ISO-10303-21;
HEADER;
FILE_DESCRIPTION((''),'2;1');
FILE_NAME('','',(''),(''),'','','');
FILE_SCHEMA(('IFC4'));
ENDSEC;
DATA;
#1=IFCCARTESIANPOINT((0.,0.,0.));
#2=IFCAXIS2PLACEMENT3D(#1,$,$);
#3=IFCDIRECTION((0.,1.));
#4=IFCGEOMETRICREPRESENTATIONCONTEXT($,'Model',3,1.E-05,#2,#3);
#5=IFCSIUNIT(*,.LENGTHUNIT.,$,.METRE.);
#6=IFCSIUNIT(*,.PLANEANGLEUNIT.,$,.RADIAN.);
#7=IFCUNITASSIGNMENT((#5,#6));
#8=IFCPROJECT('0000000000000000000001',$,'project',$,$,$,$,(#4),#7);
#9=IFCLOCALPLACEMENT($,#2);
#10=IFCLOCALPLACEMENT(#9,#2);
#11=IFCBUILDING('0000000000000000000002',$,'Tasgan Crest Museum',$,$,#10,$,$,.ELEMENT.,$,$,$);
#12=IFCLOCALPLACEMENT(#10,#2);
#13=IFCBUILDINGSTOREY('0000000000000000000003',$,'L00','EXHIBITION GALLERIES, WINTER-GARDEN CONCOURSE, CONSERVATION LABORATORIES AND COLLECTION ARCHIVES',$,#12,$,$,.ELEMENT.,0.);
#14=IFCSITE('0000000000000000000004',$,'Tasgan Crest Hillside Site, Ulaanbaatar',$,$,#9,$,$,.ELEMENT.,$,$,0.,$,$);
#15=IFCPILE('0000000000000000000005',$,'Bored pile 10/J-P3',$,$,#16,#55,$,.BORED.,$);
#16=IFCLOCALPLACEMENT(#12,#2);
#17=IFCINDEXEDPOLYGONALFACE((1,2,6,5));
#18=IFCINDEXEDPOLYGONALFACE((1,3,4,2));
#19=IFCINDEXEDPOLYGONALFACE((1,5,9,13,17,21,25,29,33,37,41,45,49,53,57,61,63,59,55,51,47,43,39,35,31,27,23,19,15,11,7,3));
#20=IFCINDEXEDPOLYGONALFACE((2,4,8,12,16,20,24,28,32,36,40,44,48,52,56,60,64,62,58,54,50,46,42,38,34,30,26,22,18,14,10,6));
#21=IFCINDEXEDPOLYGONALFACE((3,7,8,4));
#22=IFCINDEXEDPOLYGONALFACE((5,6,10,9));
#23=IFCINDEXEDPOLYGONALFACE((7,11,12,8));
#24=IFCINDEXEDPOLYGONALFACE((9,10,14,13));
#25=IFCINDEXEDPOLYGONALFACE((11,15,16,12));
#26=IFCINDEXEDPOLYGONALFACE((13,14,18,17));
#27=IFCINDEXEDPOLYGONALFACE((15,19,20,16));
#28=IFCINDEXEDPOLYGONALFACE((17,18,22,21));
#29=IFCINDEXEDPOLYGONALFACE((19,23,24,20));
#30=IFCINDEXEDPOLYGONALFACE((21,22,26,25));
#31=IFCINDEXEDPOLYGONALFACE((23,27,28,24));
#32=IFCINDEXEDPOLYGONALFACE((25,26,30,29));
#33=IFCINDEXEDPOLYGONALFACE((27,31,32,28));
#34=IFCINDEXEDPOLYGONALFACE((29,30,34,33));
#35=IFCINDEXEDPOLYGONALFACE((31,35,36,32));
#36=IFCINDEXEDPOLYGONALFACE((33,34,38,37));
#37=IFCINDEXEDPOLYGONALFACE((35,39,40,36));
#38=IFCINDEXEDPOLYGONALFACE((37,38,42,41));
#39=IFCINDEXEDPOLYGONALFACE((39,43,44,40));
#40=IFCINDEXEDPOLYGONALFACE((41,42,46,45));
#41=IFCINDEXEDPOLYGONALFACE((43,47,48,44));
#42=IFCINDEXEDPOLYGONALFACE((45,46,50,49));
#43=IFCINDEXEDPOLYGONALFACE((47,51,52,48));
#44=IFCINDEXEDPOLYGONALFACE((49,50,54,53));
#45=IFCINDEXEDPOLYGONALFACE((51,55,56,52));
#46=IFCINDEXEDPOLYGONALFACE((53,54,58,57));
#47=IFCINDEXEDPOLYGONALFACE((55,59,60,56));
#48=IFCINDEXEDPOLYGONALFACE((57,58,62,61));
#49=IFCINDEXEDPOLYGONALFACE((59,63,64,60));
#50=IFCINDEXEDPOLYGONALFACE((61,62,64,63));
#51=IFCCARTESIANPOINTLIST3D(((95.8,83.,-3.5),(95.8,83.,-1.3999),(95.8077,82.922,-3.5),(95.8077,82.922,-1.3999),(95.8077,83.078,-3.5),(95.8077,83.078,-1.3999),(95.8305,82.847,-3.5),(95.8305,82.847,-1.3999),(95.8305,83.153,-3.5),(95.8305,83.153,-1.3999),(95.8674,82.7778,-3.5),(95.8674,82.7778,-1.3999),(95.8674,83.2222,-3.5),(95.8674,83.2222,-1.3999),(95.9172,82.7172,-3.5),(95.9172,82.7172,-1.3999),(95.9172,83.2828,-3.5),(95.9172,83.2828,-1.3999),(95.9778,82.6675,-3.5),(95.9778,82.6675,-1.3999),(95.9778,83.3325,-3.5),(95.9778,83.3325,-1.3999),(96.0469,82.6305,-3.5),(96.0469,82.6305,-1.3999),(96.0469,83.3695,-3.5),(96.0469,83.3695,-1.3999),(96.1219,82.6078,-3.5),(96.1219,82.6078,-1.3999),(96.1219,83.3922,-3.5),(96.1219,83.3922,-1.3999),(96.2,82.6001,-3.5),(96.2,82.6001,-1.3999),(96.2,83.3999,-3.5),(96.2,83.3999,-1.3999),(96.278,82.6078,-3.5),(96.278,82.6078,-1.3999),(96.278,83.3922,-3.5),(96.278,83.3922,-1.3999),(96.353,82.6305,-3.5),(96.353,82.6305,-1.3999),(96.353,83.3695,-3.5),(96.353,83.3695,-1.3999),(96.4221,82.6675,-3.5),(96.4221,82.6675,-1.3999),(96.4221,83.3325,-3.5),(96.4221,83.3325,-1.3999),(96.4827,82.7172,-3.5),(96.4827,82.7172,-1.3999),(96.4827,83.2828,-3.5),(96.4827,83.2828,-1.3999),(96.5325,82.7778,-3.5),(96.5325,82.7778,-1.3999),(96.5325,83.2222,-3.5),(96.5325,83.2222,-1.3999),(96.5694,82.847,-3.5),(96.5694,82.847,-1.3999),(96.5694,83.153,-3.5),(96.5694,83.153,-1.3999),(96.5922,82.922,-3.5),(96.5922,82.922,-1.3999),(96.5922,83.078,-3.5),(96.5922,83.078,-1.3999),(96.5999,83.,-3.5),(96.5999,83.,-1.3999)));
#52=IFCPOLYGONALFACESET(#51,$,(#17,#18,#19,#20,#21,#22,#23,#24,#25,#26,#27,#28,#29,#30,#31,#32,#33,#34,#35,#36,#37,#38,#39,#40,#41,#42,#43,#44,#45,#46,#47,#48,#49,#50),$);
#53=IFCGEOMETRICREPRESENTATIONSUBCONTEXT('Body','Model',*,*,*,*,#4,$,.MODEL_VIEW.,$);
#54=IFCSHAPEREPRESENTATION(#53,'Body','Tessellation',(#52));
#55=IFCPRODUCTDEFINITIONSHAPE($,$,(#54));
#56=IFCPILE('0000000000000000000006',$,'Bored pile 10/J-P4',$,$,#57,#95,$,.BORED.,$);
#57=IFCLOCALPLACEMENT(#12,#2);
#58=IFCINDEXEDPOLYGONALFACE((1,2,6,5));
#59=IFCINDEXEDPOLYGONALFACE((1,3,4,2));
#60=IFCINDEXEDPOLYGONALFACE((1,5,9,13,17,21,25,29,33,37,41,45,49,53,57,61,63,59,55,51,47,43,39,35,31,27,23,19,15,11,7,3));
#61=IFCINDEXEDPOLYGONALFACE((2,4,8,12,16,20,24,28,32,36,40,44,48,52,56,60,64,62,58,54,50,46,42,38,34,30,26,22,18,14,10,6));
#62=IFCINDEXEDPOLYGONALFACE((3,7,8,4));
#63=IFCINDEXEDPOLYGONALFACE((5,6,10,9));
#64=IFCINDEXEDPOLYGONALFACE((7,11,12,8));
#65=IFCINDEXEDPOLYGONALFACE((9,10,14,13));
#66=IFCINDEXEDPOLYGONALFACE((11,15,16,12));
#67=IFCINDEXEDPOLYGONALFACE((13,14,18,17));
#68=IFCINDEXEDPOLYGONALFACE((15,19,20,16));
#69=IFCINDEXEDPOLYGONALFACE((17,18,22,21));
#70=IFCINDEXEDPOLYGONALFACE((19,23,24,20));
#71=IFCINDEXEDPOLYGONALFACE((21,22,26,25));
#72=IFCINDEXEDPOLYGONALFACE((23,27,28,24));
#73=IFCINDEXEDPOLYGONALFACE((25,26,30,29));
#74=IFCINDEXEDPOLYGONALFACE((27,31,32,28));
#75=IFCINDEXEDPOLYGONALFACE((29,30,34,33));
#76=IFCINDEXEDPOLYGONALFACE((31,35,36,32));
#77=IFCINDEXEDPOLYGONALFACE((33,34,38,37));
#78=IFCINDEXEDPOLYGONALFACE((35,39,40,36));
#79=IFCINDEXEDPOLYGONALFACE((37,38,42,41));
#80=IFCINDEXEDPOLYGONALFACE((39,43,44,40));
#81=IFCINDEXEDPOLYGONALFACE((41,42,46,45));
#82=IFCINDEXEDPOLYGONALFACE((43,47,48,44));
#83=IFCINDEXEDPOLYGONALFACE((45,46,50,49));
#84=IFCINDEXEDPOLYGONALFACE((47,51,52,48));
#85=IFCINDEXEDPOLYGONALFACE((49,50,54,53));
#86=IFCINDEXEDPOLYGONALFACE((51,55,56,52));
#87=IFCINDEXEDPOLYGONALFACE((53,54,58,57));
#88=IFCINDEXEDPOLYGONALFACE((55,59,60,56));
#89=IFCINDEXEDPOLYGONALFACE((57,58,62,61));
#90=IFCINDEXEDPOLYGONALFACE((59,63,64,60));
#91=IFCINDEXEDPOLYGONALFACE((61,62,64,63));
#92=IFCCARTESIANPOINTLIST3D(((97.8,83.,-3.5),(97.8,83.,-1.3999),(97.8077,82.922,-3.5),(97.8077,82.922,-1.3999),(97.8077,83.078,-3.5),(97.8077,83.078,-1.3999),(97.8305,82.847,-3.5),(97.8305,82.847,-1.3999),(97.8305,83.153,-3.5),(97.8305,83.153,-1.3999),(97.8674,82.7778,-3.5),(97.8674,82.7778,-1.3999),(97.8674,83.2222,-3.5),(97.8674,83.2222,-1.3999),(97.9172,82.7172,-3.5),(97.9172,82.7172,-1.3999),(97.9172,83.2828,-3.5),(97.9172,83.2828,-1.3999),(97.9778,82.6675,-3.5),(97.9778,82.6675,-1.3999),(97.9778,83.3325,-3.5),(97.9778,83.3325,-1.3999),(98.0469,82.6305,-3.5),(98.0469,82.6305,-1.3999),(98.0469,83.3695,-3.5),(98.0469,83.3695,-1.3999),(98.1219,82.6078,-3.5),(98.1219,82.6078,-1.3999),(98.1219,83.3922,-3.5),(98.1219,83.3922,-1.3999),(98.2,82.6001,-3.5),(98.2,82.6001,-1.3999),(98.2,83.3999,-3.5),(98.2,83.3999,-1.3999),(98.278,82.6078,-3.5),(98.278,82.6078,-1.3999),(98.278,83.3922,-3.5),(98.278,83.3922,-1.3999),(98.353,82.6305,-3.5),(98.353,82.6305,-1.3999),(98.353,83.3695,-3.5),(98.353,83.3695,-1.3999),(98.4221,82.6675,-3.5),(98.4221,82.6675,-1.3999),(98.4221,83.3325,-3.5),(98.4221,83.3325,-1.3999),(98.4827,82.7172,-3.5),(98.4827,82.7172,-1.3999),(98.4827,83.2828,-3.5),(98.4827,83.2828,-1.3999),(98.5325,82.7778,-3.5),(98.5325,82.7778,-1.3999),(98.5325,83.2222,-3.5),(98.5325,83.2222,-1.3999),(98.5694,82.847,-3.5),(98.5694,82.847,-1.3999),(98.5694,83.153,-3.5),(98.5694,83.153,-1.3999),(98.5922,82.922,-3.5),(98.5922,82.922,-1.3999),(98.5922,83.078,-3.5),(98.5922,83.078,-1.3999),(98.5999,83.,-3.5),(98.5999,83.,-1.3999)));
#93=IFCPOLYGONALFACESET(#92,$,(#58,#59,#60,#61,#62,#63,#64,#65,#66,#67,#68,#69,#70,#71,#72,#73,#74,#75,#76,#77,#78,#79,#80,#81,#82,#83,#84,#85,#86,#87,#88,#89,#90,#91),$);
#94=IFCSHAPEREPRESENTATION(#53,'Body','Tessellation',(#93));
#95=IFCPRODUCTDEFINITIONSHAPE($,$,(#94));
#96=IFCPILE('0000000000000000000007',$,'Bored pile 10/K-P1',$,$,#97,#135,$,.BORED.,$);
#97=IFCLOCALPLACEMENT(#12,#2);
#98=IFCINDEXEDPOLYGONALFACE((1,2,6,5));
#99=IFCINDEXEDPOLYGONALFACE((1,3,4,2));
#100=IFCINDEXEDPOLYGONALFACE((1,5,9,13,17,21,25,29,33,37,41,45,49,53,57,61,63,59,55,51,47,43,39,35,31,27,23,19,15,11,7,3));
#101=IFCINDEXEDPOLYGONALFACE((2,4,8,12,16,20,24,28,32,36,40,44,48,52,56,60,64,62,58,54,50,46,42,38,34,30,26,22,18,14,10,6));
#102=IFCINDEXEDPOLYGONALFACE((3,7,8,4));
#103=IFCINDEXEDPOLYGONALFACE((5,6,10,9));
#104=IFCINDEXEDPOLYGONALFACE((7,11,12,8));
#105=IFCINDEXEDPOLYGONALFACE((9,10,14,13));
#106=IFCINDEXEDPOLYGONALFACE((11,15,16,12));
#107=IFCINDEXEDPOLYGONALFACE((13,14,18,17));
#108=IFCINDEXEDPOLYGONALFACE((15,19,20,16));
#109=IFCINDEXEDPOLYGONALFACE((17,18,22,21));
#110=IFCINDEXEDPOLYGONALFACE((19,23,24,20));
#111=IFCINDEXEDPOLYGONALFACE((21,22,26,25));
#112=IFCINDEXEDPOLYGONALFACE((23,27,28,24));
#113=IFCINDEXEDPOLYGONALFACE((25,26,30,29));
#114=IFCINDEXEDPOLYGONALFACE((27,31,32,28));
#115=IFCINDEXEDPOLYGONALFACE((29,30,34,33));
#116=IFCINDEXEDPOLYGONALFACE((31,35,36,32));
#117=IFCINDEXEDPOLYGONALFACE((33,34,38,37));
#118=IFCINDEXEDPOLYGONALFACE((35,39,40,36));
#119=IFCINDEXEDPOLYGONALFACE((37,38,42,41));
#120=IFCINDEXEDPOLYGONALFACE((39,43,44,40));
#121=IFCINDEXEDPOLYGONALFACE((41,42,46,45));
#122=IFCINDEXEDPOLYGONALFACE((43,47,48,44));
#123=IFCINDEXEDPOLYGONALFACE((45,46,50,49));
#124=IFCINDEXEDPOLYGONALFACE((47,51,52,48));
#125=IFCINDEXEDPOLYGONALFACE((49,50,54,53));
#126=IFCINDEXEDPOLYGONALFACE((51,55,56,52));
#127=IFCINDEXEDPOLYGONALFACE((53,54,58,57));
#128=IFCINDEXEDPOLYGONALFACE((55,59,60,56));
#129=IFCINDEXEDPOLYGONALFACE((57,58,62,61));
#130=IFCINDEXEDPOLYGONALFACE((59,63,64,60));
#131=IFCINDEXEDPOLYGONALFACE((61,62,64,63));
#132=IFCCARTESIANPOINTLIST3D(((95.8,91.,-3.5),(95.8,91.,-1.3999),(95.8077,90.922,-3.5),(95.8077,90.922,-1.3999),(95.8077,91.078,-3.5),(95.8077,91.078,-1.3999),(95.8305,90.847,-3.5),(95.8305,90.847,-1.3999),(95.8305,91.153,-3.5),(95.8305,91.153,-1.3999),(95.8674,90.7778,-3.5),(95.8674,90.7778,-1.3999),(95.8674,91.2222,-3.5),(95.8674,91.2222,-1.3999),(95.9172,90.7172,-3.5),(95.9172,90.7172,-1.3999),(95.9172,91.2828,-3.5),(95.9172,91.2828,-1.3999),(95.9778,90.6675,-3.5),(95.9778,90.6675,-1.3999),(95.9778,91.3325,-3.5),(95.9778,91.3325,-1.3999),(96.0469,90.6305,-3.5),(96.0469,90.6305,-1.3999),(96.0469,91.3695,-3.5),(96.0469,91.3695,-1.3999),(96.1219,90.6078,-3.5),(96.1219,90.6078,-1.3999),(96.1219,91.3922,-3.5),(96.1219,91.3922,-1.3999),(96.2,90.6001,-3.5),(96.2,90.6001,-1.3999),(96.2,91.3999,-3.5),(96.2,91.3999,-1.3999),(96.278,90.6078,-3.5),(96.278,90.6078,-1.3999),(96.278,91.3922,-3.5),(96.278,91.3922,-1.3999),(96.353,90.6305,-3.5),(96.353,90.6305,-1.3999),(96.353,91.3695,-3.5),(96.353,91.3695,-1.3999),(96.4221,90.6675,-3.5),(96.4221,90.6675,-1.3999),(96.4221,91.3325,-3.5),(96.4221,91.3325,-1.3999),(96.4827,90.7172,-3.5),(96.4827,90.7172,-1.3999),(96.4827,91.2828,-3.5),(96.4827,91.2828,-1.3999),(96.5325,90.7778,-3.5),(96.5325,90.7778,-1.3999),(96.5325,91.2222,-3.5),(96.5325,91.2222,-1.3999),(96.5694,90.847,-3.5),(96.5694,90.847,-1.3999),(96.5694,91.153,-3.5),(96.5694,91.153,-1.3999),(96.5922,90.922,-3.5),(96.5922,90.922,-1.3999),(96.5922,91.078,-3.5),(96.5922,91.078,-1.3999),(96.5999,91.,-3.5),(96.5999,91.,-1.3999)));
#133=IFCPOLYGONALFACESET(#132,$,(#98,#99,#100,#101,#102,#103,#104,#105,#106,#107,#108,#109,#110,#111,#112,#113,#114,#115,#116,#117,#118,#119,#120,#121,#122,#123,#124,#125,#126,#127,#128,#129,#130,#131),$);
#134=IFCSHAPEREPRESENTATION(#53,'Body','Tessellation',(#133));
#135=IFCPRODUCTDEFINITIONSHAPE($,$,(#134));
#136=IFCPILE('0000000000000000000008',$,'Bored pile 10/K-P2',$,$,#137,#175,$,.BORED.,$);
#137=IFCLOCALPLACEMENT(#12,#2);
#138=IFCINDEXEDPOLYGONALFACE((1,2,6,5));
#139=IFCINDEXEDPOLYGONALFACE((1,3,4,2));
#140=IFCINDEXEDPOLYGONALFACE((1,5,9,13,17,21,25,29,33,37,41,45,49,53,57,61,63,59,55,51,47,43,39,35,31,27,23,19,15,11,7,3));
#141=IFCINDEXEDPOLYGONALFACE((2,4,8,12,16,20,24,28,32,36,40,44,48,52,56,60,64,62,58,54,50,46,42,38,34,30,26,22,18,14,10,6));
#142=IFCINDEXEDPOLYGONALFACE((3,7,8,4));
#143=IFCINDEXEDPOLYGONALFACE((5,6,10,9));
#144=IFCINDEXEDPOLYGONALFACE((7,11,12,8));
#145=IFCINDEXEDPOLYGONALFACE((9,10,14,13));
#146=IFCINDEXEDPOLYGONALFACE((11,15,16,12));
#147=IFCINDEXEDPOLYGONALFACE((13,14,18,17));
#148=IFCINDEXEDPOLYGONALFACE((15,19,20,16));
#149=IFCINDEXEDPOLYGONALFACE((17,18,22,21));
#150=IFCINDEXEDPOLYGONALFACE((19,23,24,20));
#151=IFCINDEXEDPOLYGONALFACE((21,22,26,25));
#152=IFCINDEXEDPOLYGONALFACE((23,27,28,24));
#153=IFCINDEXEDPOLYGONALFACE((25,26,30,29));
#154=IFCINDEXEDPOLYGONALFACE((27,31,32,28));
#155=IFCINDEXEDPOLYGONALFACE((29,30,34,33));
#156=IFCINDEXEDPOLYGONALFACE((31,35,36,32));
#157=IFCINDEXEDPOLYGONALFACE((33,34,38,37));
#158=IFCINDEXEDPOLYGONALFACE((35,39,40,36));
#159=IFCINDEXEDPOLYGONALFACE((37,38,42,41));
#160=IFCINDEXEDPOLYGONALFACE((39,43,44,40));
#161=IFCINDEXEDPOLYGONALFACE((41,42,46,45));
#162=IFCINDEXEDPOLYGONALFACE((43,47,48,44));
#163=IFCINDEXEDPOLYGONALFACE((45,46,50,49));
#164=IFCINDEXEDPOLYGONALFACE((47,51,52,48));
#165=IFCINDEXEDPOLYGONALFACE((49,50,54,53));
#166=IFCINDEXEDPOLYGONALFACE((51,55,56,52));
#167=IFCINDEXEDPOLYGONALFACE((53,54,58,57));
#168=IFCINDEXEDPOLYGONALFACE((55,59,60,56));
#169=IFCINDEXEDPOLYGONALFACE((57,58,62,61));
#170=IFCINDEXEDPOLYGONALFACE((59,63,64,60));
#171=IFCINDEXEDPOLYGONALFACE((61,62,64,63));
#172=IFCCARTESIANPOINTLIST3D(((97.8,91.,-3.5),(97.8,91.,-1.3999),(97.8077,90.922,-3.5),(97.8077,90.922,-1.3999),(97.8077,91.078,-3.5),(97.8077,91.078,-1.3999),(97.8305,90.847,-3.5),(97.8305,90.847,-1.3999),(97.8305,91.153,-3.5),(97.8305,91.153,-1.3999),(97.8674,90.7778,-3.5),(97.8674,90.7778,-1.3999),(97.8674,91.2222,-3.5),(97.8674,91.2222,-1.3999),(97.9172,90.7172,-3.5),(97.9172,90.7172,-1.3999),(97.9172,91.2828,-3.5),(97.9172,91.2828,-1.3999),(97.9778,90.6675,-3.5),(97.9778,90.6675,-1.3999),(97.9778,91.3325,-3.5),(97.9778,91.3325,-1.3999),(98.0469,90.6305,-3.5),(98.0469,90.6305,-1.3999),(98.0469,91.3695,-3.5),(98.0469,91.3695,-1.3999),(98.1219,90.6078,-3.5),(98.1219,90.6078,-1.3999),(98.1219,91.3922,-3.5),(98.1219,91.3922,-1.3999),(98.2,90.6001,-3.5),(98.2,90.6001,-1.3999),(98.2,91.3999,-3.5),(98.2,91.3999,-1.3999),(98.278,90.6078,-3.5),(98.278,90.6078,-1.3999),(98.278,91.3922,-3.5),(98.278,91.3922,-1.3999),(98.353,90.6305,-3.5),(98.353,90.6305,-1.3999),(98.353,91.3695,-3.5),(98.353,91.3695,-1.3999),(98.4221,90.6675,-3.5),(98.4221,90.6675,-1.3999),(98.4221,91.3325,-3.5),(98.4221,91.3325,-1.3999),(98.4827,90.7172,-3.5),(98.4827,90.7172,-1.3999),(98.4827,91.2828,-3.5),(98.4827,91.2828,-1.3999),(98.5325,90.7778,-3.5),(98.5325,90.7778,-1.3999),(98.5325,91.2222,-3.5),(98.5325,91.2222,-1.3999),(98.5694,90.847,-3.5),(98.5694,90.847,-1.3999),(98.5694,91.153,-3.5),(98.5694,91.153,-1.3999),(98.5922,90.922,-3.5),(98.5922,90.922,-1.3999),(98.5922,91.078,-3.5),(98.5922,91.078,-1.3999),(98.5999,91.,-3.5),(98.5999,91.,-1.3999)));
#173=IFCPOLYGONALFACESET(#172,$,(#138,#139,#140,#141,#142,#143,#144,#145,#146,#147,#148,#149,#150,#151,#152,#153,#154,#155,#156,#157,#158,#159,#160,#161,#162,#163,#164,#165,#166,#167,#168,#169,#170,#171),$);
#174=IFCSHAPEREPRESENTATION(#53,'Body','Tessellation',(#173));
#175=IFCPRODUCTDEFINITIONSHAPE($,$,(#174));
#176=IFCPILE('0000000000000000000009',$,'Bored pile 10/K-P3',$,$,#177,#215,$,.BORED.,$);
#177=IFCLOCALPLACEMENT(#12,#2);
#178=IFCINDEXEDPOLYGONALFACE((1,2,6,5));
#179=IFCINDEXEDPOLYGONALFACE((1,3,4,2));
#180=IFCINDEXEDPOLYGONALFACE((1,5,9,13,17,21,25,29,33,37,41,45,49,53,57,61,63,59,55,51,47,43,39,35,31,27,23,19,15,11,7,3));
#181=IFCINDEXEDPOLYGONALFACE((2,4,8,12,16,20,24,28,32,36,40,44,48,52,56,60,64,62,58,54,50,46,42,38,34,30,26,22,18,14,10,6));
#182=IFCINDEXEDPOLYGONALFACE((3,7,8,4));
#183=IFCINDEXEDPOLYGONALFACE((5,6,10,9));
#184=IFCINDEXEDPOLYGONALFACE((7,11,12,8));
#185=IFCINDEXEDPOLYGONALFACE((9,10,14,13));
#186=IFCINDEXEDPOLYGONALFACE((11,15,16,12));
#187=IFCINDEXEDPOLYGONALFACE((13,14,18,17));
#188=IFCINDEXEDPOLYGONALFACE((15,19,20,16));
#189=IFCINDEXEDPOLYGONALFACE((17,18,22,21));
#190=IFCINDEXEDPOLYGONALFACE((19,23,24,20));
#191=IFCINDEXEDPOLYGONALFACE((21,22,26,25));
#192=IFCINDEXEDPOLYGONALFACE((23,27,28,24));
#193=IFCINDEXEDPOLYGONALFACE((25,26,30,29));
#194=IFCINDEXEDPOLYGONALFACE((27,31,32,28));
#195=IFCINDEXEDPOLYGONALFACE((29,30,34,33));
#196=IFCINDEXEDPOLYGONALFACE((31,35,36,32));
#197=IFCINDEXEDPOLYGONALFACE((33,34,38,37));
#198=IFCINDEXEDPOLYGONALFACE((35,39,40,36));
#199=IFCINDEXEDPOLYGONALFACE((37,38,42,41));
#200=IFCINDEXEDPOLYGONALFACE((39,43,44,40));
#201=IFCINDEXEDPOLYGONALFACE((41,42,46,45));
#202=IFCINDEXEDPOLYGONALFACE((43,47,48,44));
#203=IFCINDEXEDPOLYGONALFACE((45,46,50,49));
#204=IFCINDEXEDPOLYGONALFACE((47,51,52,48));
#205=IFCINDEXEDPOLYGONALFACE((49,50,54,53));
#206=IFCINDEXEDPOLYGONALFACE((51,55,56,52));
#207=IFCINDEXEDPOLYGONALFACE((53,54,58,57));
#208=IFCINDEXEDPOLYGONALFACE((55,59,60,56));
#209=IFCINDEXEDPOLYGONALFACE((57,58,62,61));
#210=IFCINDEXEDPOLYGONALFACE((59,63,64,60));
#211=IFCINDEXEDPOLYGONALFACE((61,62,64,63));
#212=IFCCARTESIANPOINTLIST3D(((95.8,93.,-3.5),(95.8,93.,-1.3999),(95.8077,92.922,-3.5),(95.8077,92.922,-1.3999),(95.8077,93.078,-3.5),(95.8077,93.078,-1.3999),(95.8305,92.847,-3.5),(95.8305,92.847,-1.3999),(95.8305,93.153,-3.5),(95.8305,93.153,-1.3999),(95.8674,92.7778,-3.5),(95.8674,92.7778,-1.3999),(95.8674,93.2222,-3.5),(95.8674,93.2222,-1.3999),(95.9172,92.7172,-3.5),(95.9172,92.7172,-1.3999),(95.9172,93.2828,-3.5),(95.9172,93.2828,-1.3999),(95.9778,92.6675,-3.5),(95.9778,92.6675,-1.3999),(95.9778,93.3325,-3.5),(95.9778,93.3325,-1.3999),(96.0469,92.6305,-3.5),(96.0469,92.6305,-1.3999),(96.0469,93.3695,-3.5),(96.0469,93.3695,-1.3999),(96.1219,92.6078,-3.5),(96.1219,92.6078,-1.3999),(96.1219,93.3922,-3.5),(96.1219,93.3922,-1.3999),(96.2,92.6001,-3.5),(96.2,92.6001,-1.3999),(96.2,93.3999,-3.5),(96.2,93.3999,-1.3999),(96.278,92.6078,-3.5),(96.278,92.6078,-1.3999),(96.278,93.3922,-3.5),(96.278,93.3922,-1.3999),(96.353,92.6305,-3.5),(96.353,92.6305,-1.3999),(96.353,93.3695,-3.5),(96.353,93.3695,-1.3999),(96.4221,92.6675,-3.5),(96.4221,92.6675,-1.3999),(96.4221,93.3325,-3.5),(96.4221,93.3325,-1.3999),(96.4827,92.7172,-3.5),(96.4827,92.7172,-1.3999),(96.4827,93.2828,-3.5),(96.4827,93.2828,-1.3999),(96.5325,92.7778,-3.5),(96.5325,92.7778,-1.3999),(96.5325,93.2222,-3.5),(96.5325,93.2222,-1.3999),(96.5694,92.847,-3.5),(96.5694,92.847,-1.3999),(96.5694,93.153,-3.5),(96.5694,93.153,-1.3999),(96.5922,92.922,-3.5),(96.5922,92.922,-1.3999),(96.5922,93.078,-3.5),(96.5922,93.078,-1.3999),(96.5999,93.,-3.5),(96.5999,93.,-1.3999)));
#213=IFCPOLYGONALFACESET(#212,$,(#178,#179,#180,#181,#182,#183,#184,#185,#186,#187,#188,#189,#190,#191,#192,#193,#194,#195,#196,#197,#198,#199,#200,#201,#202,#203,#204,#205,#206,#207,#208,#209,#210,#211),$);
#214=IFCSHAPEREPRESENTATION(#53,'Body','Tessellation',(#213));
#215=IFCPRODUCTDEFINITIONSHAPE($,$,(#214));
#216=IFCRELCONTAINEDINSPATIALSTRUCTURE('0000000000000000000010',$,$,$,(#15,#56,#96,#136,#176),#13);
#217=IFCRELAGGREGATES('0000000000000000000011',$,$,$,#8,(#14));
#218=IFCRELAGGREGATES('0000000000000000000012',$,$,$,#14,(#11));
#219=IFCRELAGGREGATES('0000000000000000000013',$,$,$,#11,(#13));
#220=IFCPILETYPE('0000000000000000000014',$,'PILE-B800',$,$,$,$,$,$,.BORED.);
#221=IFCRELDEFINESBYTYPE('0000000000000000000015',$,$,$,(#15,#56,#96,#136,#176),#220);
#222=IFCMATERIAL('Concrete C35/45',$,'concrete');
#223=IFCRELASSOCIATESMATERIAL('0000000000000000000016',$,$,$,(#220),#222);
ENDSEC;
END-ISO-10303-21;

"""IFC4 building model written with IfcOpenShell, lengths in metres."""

from ifc_helpers import new_model, si_unit, direction, frame, origin, origin_2d, place, context, subcontext, project, spatial, circle, extrude, material, material_profile, profile_set, type_object, element, save


model = new_model("IFC4")

# Units and contexts
model_context = context("Model", 3, precision=1e-05, world=origin(), true_north=direction((0.0, 1.0)))
body_context = subcontext(model_context, "Body", "Model", "MODEL_VIEW")
ifc_project = project(units=[si_unit("LENGTHUNIT", "METRE"), si_unit("PLANEANGLEUNIT", "RADIAN")], contexts=[model_context])

# Site, building, storey
site_placement = place(None, origin())
site = spatial("IfcSite", under=ifc_project, at=site_placement, Name="Tasgan Crest Hillside Site, Ulaanbaatar", CompositionType="ELEMENT", RefElevation=0.0)
building_placement = place(site_placement, origin())
building = spatial("IfcBuilding", under=site, at=building_placement, Name="Tasgan Crest Museum", CompositionType="ELEMENT")
storey_placement = place(building_placement, origin())
storey = spatial("IfcBuildingStorey", under=building, at=storey_placement, Name="L00", Description="EXHIBITION GALLERIES, WINTER-GARDEN CONCOURSE, CONSERVATION LABORATORIES AND COLLECTION ARCHIVES", CompositionType="ELEMENT", Elevation=0.0)

# Piles
ifc_material_1 = material(Name="Concrete C35/45", Category="concrete")
ifc_material_profile_1 = material_profile(ifc_material_1, circle(Radius=0.3999, at=origin_2d()), Name="PILE D800")
ifc_profile_set_1 = profile_set([ifc_material_profile_1], Name="Concrete C35/45")
pile_type_1 = type_object("IfcPileType", Name="PILE-B800", PredefinedType="BORED", material=ifc_profile_set_1)
for number, where, z_axis, x_axis, name in (
    (1, (96.2, 83.0, -1.3999), (0.0, 0.0, -1.0), (1.0, 0.0, 0.0), "Bored pile 10/J-P3"),
    (2, (98.2, 83.0, -1.3999), (0.0, 0.0, -1.0), (1.0, 0.0, 0.0), "Bored pile 10/J-P4"),
    (3, (96.2, 91.0, -1.3999), (0.0, 0.0, -1.0), (1.0, 0.0, 0.0), "Bored pile 10/K-P1"),
    (4, (98.2, 91.0, -1.3999), (0.0, 0.0, -1.0), (1.0, 0.0, 0.0), "Bored pile 10/K-P2"),
    (5, (96.2, 93.0, -1.3999), (0.0, 0.0, -1.0), (1.0, 0.0, 0.0), "Bored pile 10/K-P3"),
):
    element("IfcPile", number, at=place(storey_placement, frame(where, z_axis=z_axis, x_axis=x_axis)), inside=storey, type_object=pile_type_1, Name=name, PredefinedType="BORED", context=body_context, shape_type="SweptSolid", body=[
        extrude(circle(Radius=0.3999, at=origin_2d()), origin(), (0.0, 0.0, 1.0), 2.1001),
    ])

save(model, "model.ifc")
